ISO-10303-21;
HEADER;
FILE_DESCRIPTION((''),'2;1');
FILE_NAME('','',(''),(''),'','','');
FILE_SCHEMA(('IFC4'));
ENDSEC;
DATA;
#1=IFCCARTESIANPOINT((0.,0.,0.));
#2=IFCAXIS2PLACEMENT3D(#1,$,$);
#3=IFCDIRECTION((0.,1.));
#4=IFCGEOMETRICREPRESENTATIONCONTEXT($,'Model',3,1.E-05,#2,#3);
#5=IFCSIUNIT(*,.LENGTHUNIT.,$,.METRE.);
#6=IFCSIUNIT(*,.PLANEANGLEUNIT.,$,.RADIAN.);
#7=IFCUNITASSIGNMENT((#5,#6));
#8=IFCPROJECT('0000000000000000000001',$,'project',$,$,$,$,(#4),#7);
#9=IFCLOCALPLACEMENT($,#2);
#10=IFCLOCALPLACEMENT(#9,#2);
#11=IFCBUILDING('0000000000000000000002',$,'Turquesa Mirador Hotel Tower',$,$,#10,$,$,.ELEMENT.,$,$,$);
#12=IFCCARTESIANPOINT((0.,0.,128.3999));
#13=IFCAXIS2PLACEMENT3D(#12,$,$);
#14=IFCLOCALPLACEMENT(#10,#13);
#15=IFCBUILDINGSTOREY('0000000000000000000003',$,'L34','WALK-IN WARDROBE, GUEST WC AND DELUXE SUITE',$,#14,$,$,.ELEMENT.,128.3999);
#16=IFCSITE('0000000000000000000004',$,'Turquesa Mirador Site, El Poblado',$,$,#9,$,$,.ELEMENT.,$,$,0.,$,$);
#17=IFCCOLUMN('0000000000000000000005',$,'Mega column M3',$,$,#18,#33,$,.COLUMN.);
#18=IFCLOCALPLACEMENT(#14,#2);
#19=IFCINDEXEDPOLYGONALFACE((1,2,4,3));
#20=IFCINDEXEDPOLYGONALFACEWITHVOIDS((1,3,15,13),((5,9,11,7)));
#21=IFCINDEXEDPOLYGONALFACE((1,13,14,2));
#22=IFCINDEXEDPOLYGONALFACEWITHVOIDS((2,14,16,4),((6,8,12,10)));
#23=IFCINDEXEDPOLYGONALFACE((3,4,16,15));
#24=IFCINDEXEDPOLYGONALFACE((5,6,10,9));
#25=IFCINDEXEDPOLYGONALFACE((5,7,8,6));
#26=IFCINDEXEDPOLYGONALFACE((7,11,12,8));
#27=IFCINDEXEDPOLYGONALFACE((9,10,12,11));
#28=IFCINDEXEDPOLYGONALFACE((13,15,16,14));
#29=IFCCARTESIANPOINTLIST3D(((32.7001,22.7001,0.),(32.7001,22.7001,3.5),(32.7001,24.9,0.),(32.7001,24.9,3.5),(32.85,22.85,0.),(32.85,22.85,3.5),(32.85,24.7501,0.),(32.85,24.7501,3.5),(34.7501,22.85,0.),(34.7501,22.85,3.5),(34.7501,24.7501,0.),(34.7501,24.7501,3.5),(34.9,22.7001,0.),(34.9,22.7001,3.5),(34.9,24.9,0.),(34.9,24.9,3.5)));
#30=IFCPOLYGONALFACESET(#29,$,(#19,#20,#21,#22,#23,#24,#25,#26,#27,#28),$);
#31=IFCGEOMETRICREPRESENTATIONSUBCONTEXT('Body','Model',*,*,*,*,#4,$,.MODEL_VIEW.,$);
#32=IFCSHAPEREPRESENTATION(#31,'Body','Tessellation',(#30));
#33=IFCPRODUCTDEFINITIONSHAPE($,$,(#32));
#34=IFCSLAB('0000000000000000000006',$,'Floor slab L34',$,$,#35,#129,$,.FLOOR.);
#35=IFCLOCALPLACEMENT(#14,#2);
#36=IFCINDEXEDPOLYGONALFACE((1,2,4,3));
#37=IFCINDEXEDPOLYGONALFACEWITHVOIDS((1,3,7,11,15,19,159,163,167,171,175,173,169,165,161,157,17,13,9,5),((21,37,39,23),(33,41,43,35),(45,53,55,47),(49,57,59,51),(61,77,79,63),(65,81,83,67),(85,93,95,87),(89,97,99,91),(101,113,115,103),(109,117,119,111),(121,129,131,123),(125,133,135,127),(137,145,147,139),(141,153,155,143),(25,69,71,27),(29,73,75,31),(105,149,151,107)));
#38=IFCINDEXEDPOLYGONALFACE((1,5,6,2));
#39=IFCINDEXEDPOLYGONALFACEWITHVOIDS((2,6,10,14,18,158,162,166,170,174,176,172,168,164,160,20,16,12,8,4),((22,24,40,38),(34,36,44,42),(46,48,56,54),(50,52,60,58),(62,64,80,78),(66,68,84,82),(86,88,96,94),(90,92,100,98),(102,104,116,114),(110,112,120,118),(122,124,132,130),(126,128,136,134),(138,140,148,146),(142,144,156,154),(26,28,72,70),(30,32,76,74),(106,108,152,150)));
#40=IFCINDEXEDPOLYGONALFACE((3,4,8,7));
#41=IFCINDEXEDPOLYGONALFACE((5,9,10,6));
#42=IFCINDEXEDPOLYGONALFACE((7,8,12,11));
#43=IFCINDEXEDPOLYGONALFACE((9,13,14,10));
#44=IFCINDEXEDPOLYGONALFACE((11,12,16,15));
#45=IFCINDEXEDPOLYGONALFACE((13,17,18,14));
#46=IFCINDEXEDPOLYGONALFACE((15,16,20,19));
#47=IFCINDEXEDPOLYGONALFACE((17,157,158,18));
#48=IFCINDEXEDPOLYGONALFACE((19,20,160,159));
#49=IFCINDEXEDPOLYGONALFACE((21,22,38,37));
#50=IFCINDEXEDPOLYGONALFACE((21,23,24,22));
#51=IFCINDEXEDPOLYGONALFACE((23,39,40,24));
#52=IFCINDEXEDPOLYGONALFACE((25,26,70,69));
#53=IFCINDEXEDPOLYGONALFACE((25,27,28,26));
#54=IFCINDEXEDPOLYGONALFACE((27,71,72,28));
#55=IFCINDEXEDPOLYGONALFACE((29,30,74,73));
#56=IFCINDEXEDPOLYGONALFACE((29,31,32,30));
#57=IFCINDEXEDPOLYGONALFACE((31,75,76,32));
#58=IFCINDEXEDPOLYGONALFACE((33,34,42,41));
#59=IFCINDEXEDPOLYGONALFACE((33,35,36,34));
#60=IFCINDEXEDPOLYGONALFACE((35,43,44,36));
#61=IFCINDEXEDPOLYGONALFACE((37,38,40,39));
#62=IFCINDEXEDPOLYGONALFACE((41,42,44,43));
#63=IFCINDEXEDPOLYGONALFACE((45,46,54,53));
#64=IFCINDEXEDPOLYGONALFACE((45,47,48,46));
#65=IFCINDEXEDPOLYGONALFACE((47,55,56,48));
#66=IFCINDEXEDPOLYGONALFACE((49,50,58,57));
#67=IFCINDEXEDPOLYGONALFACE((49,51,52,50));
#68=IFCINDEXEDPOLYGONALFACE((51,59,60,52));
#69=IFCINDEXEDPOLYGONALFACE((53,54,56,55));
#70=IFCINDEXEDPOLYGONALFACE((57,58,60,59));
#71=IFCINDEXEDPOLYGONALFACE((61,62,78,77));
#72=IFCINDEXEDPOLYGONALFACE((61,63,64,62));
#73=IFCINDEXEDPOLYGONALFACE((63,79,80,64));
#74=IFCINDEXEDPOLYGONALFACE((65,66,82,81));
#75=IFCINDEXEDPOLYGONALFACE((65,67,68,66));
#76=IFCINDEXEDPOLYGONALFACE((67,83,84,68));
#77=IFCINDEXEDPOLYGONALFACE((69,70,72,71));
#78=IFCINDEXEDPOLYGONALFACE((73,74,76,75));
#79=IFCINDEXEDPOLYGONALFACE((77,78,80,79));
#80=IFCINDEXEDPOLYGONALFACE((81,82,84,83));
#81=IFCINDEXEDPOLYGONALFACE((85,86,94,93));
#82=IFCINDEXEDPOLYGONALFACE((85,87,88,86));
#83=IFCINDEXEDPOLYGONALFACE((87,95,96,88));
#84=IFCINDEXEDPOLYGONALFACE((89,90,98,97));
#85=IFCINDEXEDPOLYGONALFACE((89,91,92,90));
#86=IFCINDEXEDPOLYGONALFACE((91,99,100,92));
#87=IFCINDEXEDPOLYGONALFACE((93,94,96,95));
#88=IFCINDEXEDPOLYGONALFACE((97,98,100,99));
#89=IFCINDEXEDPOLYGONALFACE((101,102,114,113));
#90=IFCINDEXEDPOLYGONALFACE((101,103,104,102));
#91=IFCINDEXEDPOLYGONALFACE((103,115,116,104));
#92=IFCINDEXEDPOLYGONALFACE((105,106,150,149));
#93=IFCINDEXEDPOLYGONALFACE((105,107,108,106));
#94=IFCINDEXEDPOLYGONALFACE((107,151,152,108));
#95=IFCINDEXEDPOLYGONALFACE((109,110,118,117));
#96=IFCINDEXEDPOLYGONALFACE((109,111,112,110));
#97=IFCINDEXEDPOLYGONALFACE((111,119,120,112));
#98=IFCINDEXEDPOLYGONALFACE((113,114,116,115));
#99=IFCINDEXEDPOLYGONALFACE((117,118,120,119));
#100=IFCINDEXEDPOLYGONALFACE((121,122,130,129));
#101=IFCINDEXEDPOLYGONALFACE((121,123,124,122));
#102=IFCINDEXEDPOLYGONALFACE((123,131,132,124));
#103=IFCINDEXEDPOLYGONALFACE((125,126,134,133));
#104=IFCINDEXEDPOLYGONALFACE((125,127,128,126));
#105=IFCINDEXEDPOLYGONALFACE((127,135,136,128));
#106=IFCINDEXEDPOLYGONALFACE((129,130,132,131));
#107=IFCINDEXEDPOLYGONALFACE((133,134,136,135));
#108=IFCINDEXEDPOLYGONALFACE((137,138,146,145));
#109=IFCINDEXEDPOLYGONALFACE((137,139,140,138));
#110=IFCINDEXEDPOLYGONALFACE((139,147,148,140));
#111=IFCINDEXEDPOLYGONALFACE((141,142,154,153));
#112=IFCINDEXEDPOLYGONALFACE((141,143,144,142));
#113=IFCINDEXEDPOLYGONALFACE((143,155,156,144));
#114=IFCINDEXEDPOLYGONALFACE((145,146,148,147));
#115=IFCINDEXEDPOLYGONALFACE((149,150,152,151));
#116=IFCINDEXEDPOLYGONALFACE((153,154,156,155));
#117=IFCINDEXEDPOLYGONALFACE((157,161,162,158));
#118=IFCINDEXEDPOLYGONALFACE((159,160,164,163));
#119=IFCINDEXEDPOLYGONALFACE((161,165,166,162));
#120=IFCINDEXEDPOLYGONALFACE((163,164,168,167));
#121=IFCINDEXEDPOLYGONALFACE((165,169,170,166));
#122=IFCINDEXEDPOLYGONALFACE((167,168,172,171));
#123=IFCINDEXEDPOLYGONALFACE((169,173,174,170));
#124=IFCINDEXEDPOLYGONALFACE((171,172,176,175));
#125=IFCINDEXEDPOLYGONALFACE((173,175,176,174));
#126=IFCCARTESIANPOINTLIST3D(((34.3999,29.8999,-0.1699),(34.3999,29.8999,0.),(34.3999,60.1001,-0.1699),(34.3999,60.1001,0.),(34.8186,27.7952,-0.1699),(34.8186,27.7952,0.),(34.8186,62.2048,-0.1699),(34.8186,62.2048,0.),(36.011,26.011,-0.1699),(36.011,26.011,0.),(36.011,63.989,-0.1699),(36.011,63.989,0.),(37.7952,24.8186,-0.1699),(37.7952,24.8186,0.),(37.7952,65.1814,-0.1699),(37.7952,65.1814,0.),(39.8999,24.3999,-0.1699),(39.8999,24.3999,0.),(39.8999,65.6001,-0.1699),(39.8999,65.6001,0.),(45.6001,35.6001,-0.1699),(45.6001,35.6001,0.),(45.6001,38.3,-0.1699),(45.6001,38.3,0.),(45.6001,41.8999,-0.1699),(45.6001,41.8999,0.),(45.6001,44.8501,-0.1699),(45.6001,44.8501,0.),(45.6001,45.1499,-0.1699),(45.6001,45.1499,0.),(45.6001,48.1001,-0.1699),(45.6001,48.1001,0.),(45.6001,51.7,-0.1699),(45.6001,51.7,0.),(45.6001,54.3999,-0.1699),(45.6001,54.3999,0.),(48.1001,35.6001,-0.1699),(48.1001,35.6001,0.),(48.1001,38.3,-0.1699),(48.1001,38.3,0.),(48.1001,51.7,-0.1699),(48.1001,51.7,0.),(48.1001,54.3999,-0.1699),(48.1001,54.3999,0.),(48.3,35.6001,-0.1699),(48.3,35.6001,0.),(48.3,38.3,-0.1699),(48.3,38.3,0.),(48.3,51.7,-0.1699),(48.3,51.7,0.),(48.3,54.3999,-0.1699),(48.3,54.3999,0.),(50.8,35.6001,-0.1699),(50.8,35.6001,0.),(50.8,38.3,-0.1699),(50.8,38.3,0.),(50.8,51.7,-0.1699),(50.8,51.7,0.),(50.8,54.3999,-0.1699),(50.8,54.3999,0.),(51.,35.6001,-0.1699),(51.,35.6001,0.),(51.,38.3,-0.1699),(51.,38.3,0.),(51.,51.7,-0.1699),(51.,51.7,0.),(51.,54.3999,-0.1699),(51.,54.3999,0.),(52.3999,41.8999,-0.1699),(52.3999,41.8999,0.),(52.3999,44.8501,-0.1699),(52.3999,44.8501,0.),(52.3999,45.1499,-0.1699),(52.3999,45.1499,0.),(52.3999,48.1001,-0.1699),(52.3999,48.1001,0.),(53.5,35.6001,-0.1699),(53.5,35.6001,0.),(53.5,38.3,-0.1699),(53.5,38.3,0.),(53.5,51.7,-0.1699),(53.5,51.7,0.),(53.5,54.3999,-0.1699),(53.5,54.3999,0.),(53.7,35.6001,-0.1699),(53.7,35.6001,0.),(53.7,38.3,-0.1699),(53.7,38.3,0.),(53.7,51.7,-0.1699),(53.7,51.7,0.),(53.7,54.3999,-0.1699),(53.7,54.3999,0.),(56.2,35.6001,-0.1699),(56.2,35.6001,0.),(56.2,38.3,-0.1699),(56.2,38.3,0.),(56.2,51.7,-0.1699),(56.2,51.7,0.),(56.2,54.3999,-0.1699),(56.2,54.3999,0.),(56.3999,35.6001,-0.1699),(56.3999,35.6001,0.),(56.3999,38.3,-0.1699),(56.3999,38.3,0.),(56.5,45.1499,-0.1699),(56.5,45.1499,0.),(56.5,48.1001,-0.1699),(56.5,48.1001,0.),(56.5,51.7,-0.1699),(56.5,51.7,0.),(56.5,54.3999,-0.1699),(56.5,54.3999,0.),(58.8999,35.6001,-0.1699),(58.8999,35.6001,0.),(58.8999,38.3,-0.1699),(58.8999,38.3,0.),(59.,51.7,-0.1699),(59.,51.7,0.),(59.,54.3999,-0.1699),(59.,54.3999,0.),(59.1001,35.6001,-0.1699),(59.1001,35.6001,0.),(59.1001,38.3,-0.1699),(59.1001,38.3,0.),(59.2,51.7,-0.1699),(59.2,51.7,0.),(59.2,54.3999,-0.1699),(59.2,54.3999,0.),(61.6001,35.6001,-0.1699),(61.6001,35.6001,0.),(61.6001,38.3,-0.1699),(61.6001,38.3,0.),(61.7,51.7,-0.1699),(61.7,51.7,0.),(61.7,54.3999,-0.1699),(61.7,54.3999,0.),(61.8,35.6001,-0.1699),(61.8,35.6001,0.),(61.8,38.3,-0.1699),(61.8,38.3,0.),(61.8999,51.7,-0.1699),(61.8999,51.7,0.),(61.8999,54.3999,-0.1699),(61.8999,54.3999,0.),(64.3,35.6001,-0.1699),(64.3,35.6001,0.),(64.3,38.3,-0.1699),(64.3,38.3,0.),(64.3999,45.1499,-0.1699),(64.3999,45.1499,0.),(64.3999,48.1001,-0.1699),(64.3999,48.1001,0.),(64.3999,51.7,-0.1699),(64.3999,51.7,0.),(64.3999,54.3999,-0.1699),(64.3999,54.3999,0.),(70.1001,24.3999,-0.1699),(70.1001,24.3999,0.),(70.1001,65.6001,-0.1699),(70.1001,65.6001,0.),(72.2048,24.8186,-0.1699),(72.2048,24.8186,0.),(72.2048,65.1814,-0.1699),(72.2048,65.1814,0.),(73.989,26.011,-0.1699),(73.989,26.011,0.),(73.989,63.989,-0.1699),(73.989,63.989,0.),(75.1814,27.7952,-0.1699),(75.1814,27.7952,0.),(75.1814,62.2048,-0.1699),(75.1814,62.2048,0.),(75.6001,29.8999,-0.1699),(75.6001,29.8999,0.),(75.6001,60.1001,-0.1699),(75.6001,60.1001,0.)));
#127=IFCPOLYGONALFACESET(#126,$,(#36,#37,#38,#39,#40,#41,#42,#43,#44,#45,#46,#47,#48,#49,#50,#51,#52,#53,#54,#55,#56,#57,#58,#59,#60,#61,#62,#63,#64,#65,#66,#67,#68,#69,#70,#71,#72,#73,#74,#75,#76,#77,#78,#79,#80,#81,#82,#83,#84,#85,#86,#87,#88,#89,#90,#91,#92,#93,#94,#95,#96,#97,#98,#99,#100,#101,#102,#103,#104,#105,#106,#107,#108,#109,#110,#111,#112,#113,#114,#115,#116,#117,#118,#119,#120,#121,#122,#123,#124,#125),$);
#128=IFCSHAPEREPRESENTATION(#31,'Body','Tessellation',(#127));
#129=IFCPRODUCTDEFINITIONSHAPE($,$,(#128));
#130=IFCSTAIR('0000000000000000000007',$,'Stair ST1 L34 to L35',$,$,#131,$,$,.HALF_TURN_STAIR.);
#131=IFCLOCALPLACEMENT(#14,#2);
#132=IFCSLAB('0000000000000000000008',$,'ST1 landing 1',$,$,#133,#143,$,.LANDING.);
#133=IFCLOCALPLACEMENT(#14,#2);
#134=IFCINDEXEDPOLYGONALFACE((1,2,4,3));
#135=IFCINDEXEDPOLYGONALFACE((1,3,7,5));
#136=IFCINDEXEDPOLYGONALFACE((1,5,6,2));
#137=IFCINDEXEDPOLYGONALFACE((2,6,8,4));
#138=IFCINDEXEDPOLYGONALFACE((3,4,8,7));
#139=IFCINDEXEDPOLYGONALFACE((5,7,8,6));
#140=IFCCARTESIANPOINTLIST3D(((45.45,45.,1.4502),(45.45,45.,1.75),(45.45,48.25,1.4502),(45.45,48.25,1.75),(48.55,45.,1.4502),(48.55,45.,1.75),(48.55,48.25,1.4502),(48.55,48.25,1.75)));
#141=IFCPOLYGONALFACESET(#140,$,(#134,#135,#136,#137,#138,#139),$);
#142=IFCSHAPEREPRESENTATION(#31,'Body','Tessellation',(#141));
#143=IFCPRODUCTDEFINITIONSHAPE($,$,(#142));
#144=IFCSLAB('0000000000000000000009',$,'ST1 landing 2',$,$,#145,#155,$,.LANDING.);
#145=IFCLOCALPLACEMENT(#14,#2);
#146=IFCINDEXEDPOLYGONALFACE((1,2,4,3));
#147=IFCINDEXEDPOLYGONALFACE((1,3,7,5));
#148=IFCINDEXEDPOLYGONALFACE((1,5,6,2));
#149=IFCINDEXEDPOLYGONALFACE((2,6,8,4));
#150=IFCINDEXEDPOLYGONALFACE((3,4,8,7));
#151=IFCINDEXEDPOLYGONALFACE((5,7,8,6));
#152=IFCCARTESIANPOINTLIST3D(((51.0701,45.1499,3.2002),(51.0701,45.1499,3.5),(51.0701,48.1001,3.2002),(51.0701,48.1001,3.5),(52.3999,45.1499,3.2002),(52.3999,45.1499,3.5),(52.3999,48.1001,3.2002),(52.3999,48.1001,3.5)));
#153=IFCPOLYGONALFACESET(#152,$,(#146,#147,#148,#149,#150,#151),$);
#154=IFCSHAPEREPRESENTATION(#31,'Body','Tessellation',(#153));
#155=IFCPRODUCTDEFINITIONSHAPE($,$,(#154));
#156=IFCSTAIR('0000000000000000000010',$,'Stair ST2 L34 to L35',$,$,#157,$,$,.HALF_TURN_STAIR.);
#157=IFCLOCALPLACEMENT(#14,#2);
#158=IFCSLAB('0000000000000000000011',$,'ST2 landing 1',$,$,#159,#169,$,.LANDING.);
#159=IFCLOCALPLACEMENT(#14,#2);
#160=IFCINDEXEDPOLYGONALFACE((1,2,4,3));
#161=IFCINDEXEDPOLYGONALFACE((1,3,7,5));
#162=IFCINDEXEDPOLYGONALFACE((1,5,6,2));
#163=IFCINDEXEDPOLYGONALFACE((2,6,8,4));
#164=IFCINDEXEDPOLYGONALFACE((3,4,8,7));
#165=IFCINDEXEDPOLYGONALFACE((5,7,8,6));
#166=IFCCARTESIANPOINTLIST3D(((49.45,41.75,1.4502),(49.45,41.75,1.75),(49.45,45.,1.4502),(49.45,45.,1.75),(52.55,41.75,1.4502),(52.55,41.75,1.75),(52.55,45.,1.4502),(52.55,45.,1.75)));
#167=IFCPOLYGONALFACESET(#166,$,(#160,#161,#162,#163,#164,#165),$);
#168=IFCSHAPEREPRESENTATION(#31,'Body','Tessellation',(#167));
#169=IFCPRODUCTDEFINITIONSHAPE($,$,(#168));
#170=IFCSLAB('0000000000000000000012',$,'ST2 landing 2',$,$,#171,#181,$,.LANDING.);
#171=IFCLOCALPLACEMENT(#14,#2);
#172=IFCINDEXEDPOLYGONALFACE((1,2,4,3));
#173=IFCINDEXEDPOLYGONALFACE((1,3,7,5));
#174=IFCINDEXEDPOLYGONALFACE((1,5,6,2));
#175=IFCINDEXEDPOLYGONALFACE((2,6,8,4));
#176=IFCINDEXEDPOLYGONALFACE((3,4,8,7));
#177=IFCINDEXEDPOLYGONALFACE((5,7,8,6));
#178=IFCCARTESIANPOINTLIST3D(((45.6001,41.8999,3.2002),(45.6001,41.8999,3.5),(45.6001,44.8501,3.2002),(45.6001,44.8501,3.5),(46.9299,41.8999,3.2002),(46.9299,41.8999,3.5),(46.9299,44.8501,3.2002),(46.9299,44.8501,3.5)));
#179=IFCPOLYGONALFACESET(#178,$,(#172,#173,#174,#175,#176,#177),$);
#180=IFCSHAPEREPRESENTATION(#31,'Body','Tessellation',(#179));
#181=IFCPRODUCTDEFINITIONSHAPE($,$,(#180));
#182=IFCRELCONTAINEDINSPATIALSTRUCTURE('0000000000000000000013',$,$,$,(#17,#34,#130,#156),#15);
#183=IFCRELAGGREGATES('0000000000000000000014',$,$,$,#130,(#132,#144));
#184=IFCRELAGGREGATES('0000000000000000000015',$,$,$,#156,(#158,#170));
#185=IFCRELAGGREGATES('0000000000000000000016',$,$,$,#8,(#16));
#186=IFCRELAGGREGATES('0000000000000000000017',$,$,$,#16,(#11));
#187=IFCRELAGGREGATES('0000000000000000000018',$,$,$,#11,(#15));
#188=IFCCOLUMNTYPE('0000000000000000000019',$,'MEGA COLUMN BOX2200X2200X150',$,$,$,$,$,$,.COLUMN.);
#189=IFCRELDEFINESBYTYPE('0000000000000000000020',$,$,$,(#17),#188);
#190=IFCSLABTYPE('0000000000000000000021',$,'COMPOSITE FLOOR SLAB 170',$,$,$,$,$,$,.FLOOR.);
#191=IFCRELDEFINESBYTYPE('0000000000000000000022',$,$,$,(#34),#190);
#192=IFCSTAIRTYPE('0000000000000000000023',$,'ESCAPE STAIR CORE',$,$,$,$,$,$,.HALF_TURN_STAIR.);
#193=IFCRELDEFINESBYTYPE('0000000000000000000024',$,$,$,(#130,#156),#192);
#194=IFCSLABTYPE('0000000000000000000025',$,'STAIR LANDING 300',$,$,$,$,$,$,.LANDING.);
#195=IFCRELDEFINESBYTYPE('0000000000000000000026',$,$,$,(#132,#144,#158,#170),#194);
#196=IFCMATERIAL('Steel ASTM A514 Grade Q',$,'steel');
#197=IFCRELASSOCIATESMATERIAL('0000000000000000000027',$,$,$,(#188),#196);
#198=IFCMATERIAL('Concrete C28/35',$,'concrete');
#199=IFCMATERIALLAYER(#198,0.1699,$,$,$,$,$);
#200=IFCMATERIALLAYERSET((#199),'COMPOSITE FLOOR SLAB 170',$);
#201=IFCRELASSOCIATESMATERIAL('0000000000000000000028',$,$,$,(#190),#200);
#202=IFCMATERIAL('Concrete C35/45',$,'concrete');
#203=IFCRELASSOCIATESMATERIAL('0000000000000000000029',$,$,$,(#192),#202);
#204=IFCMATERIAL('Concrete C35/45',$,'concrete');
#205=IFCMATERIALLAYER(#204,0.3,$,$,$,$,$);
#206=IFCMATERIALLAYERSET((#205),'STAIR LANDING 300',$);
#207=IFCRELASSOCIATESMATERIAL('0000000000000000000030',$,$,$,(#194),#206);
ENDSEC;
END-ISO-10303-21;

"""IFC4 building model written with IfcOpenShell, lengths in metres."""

from ifc_helpers import new_model, si_unit, direction, frame, origin, origin_2d, place, context, subcontext, project, spatial, polyline, hollow_rectangle, outline, extrude, material, layer, layer_set, material_profile, profile_set, type_object, element, aggregate, save


model = new_model("IFC4")

# Units and contexts
model_context = context("Model", 3, precision=1e-05, world=origin(), true_north=direction((0.0, 1.0)))
body_context = subcontext(model_context, "Body", "Model", "MODEL_VIEW")
ifc_project = project(units=[si_unit("LENGTHUNIT", "METRE"), si_unit("PLANEANGLEUNIT", "RADIAN")], contexts=[model_context])

# Site, building, storey
site_placement = place(None, origin())
site = spatial("IfcSite", under=ifc_project, at=site_placement, Name="Turquesa Mirador Site, El Poblado", CompositionType="ELEMENT", RefElevation=0.0)
building_placement = place(site_placement, origin())
building = spatial("IfcBuilding", under=site, at=building_placement, Name="Turquesa Mirador Hotel Tower", CompositionType="ELEMENT")
storey_placement = place(building_placement, frame((0.0, 0.0, 128.3999)))
storey = spatial("IfcBuildingStorey", under=building, at=storey_placement, Name="L34", Description="WALK-IN WARDROBE, GUEST WC AND DELUXE SUITE", CompositionType="ELEMENT", Elevation=128.3999)

# Column
ifc_material_1 = material(Name="Steel ASTM A514 Grade Q", Category="steel")
ifc_material_profile = material_profile(ifc_material_1, hollow_rectangle(XDim=2.2, YDim=2.2, WallThickness=0.1499, at=origin_2d()), Name="BOX2200X2200X150")
ifc_profile_set = profile_set([ifc_material_profile], Name="Steel ASTM A514 Grade Q")
column_type = type_object("IfcColumnType", Name="MEGA COLUMN BOX2200X2200X150", PredefinedType="COLUMN", material=ifc_profile_set)
column_placement = place(storey_placement, frame((33.8, 23.8, 0.0), z_axis=(0.0, 0.0, 1.0), x_axis=(1.0, 0.0, 0.0)))
element("IfcColumn", 1, at=column_placement, inside=storey, type_object=column_type, Name="Mega column M3", PredefinedType="COLUMN", context=body_context, shape_type="SweptSolid", body=[
    extrude(hollow_rectangle(XDim=2.2, YDim=2.2, WallThickness=0.1499, at=origin_2d()), origin(), (0.0, 0.0, 1.0), 3.5),
])

# Slab
ifc_material_2 = material(Name="Concrete C28/35", Category="concrete")
ifc_layer_1 = layer(ifc_material_2, 0.1699)
ifc_layer_set_1 = layer_set([ifc_layer_1], Name="COMPOSITE FLOOR SLAB 170")
slab_type_1 = type_object("IfcSlabType", Name="COMPOSITE FLOOR SLAB 170", PredefinedType="FLOOR", material=ifc_layer_set_1)
slab_1_placement = place(storey_placement, frame((0.0, 0.0, -0.1699)))
element("IfcSlab", 2, at=slab_1_placement, inside=storey, type_object=slab_type_1, Name="Floor slab L34", PredefinedType="FLOOR", context=body_context, shape_type="SweptSolid", body=[
    extrude(outline(polyline([(70.1001, 24.3999), (72.2048, 24.8186), (73.989, 26.011), (75.1814, 27.7952), (75.6001, 29.8999), (75.6001, 60.1001), (75.1814, 62.2048), (73.989, 63.989), (72.2048, 65.1814), (70.1001, 65.6001), (39.8999, 65.6001), (37.7952, 65.1814), (36.011, 63.989), (34.8186, 62.2048), (34.3999, 60.1001), (34.3999, 29.8999), (34.8186, 27.7952), (36.011, 26.011), (37.7952, 24.8186), (39.8999, 24.3999), (70.1001, 24.3999)]), holes=[polyline([(45.6001, 51.7), (48.1001, 51.7), (48.1001, 54.3999), (45.6001, 54.3999), (45.6001, 51.7)]), polyline([(48.3, 51.7), (50.8, 51.7), (50.8, 54.3999), (48.3, 54.3999), (48.3, 51.7)]), polyline([(51.0, 51.7), (53.5, 51.7), (53.5, 54.3999), (51.0, 54.3999), (51.0, 51.7)]), polyline([(53.7, 51.7), (56.2, 51.7), (56.2, 54.3999), (53.7, 54.3999), (53.7, 51.7)]), polyline([(56.5, 51.7), (59.0, 51.7), (59.0, 54.3999), (56.5, 54.3999), (56.5, 51.7)]), polyline([(59.2, 51.7), (61.7, 51.7), (61.7, 54.3999), (59.2, 54.3999), (59.2, 51.7)]), polyline([(45.6001, 35.6001), (48.1001, 35.6001), (48.1001, 38.3), (45.6001, 38.3), (45.6001, 35.6001)]), polyline([(48.3, 35.6001), (50.8, 35.6001), (50.8, 38.3), (48.3, 38.3), (48.3, 35.6001)]), polyline([(51.0, 35.6001), (53.5, 35.6001), (53.5, 38.3), (51.0, 38.3), (51.0, 35.6001)]), polyline([(53.7, 35.6001), (56.2, 35.6001), (56.2, 38.3), (53.7, 38.3), (53.7, 35.6001)]), polyline([(56.3999, 35.6001), (58.8999, 35.6001), (58.8999, 38.3), (56.3999, 38.3), (56.3999, 35.6001)]), polyline([(59.1001, 35.6001), (61.6001, 35.6001), (61.6001, 38.3), (59.1001, 38.3), (59.1001, 35.6001)]), polyline([(61.8, 35.6001), (64.3, 35.6001), (64.3, 38.3), (61.8, 38.3), (61.8, 35.6001)]), polyline([(45.6001, 45.1499), (52.3999, 45.1499), (52.3999, 48.1001), (45.6001, 48.1001), (45.6001, 45.1499)]), polyline([(45.6001, 41.8999), (52.3999, 41.8999), (52.3999, 44.8501), (45.6001, 44.8501), (45.6001, 41.8999)]), polyline([(56.5, 45.1499), (64.3999, 45.1499), (64.3999, 48.1001), (56.5, 48.1001), (56.5, 45.1499)]), polyline([(61.8999, 51.7), (64.3999, 51.7), (64.3999, 54.3999), (61.8999, 54.3999), (61.8999, 51.7)])]), origin(), (0.0, 0.0, 1.0), 0.1699),
])

# Stairs, slabs
ifc_material_3 = material(Name="Concrete C35/45", Category="concrete")
stair_type = type_object("IfcStairType", Name="ESCAPE STAIR CORE", PredefinedType="HALF_TURN_STAIR", material=ifc_material_3)
stair_1_placement = place(storey_placement, origin())
stair_1 = element("IfcStair", 3, at=stair_1_placement, inside=storey, type_object=stair_type, Name="Stair ST1 L34 to L35", PredefinedType="HALF_TURN_STAIR")
ifc_material_4 = material(Name="Concrete C35/45", Category="concrete")
ifc_layer_2 = layer(ifc_material_4, 0.3)
ifc_layer_set_2 = layer_set([ifc_layer_2], Name="STAIR LANDING 300")
slab_type_2 = type_object("IfcSlabType", Name="STAIR LANDING 300", PredefinedType="LANDING", material=ifc_layer_set_2)
slab_2_placement = place(storey_placement, frame((0.0, 0.0, 1.4502)))
slab_2 = element("IfcSlab", 4, at=slab_2_placement, type_object=slab_type_2, Name="ST1 landing 1", PredefinedType="LANDING", context=body_context, shape_type="SweptSolid", body=[
    extrude(outline(polyline([(45.45, 45.0), (48.55, 45.0), (48.55, 48.25), (45.45, 48.25), (45.45, 45.0)])), origin(), (0.0, 0.0, 1.0), 0.2998),
])
slab_3_placement = place(storey_placement, frame((0.0, 0.0, 3.2002)))
slab_3 = element("IfcSlab", 5, at=slab_3_placement, type_object=slab_type_2, Name="ST1 landing 2", PredefinedType="LANDING", context=body_context, shape_type="SweptSolid", body=[
    extrude(outline(polyline([(51.0701, 45.1499), (52.3999, 45.1499), (52.3999, 48.1001), (51.0701, 48.1001), (51.0701, 45.1499)])), origin(), (0.0, 0.0, 1.0), 0.2998),
])
aggregate(stair_1, [slab_2, slab_3])
stair_2_placement = place(storey_placement, origin())
stair_2 = element("IfcStair", 6, at=stair_2_placement, inside=storey, type_object=stair_type, Name="Stair ST2 L34 to L35", PredefinedType="HALF_TURN_STAIR")
slab_4_placement = place(storey_placement, frame((0.0, 0.0, 1.4502)))
slab_4 = element("IfcSlab", 7, at=slab_4_placement, type_object=slab_type_2, Name="ST2 landing 1", PredefinedType="LANDING", context=body_context, shape_type="SweptSolid", body=[
    extrude(outline(polyline([(52.55, 45.0), (49.45, 45.0), (49.45, 41.75), (52.55, 41.75), (52.55, 45.0)])), origin(), (0.0, 0.0, 1.0), 0.2998),
])
slab_5_placement = place(storey_placement, frame((0.0, 0.0, 3.2002)))
slab_5 = element("IfcSlab", 8, at=slab_5_placement, type_object=slab_type_2, Name="ST2 landing 2", PredefinedType="LANDING", context=body_context, shape_type="SweptSolid", body=[
    extrude(outline(polyline([(46.9299, 44.8501), (45.6001, 44.8501), (45.6001, 41.8999), (46.9299, 41.8999), (46.9299, 44.8501)])), origin(), (0.0, 0.0, 1.0), 0.2998),
])
aggregate(stair_2, [slab_4, slab_5])

save(model, "model.ifc")
